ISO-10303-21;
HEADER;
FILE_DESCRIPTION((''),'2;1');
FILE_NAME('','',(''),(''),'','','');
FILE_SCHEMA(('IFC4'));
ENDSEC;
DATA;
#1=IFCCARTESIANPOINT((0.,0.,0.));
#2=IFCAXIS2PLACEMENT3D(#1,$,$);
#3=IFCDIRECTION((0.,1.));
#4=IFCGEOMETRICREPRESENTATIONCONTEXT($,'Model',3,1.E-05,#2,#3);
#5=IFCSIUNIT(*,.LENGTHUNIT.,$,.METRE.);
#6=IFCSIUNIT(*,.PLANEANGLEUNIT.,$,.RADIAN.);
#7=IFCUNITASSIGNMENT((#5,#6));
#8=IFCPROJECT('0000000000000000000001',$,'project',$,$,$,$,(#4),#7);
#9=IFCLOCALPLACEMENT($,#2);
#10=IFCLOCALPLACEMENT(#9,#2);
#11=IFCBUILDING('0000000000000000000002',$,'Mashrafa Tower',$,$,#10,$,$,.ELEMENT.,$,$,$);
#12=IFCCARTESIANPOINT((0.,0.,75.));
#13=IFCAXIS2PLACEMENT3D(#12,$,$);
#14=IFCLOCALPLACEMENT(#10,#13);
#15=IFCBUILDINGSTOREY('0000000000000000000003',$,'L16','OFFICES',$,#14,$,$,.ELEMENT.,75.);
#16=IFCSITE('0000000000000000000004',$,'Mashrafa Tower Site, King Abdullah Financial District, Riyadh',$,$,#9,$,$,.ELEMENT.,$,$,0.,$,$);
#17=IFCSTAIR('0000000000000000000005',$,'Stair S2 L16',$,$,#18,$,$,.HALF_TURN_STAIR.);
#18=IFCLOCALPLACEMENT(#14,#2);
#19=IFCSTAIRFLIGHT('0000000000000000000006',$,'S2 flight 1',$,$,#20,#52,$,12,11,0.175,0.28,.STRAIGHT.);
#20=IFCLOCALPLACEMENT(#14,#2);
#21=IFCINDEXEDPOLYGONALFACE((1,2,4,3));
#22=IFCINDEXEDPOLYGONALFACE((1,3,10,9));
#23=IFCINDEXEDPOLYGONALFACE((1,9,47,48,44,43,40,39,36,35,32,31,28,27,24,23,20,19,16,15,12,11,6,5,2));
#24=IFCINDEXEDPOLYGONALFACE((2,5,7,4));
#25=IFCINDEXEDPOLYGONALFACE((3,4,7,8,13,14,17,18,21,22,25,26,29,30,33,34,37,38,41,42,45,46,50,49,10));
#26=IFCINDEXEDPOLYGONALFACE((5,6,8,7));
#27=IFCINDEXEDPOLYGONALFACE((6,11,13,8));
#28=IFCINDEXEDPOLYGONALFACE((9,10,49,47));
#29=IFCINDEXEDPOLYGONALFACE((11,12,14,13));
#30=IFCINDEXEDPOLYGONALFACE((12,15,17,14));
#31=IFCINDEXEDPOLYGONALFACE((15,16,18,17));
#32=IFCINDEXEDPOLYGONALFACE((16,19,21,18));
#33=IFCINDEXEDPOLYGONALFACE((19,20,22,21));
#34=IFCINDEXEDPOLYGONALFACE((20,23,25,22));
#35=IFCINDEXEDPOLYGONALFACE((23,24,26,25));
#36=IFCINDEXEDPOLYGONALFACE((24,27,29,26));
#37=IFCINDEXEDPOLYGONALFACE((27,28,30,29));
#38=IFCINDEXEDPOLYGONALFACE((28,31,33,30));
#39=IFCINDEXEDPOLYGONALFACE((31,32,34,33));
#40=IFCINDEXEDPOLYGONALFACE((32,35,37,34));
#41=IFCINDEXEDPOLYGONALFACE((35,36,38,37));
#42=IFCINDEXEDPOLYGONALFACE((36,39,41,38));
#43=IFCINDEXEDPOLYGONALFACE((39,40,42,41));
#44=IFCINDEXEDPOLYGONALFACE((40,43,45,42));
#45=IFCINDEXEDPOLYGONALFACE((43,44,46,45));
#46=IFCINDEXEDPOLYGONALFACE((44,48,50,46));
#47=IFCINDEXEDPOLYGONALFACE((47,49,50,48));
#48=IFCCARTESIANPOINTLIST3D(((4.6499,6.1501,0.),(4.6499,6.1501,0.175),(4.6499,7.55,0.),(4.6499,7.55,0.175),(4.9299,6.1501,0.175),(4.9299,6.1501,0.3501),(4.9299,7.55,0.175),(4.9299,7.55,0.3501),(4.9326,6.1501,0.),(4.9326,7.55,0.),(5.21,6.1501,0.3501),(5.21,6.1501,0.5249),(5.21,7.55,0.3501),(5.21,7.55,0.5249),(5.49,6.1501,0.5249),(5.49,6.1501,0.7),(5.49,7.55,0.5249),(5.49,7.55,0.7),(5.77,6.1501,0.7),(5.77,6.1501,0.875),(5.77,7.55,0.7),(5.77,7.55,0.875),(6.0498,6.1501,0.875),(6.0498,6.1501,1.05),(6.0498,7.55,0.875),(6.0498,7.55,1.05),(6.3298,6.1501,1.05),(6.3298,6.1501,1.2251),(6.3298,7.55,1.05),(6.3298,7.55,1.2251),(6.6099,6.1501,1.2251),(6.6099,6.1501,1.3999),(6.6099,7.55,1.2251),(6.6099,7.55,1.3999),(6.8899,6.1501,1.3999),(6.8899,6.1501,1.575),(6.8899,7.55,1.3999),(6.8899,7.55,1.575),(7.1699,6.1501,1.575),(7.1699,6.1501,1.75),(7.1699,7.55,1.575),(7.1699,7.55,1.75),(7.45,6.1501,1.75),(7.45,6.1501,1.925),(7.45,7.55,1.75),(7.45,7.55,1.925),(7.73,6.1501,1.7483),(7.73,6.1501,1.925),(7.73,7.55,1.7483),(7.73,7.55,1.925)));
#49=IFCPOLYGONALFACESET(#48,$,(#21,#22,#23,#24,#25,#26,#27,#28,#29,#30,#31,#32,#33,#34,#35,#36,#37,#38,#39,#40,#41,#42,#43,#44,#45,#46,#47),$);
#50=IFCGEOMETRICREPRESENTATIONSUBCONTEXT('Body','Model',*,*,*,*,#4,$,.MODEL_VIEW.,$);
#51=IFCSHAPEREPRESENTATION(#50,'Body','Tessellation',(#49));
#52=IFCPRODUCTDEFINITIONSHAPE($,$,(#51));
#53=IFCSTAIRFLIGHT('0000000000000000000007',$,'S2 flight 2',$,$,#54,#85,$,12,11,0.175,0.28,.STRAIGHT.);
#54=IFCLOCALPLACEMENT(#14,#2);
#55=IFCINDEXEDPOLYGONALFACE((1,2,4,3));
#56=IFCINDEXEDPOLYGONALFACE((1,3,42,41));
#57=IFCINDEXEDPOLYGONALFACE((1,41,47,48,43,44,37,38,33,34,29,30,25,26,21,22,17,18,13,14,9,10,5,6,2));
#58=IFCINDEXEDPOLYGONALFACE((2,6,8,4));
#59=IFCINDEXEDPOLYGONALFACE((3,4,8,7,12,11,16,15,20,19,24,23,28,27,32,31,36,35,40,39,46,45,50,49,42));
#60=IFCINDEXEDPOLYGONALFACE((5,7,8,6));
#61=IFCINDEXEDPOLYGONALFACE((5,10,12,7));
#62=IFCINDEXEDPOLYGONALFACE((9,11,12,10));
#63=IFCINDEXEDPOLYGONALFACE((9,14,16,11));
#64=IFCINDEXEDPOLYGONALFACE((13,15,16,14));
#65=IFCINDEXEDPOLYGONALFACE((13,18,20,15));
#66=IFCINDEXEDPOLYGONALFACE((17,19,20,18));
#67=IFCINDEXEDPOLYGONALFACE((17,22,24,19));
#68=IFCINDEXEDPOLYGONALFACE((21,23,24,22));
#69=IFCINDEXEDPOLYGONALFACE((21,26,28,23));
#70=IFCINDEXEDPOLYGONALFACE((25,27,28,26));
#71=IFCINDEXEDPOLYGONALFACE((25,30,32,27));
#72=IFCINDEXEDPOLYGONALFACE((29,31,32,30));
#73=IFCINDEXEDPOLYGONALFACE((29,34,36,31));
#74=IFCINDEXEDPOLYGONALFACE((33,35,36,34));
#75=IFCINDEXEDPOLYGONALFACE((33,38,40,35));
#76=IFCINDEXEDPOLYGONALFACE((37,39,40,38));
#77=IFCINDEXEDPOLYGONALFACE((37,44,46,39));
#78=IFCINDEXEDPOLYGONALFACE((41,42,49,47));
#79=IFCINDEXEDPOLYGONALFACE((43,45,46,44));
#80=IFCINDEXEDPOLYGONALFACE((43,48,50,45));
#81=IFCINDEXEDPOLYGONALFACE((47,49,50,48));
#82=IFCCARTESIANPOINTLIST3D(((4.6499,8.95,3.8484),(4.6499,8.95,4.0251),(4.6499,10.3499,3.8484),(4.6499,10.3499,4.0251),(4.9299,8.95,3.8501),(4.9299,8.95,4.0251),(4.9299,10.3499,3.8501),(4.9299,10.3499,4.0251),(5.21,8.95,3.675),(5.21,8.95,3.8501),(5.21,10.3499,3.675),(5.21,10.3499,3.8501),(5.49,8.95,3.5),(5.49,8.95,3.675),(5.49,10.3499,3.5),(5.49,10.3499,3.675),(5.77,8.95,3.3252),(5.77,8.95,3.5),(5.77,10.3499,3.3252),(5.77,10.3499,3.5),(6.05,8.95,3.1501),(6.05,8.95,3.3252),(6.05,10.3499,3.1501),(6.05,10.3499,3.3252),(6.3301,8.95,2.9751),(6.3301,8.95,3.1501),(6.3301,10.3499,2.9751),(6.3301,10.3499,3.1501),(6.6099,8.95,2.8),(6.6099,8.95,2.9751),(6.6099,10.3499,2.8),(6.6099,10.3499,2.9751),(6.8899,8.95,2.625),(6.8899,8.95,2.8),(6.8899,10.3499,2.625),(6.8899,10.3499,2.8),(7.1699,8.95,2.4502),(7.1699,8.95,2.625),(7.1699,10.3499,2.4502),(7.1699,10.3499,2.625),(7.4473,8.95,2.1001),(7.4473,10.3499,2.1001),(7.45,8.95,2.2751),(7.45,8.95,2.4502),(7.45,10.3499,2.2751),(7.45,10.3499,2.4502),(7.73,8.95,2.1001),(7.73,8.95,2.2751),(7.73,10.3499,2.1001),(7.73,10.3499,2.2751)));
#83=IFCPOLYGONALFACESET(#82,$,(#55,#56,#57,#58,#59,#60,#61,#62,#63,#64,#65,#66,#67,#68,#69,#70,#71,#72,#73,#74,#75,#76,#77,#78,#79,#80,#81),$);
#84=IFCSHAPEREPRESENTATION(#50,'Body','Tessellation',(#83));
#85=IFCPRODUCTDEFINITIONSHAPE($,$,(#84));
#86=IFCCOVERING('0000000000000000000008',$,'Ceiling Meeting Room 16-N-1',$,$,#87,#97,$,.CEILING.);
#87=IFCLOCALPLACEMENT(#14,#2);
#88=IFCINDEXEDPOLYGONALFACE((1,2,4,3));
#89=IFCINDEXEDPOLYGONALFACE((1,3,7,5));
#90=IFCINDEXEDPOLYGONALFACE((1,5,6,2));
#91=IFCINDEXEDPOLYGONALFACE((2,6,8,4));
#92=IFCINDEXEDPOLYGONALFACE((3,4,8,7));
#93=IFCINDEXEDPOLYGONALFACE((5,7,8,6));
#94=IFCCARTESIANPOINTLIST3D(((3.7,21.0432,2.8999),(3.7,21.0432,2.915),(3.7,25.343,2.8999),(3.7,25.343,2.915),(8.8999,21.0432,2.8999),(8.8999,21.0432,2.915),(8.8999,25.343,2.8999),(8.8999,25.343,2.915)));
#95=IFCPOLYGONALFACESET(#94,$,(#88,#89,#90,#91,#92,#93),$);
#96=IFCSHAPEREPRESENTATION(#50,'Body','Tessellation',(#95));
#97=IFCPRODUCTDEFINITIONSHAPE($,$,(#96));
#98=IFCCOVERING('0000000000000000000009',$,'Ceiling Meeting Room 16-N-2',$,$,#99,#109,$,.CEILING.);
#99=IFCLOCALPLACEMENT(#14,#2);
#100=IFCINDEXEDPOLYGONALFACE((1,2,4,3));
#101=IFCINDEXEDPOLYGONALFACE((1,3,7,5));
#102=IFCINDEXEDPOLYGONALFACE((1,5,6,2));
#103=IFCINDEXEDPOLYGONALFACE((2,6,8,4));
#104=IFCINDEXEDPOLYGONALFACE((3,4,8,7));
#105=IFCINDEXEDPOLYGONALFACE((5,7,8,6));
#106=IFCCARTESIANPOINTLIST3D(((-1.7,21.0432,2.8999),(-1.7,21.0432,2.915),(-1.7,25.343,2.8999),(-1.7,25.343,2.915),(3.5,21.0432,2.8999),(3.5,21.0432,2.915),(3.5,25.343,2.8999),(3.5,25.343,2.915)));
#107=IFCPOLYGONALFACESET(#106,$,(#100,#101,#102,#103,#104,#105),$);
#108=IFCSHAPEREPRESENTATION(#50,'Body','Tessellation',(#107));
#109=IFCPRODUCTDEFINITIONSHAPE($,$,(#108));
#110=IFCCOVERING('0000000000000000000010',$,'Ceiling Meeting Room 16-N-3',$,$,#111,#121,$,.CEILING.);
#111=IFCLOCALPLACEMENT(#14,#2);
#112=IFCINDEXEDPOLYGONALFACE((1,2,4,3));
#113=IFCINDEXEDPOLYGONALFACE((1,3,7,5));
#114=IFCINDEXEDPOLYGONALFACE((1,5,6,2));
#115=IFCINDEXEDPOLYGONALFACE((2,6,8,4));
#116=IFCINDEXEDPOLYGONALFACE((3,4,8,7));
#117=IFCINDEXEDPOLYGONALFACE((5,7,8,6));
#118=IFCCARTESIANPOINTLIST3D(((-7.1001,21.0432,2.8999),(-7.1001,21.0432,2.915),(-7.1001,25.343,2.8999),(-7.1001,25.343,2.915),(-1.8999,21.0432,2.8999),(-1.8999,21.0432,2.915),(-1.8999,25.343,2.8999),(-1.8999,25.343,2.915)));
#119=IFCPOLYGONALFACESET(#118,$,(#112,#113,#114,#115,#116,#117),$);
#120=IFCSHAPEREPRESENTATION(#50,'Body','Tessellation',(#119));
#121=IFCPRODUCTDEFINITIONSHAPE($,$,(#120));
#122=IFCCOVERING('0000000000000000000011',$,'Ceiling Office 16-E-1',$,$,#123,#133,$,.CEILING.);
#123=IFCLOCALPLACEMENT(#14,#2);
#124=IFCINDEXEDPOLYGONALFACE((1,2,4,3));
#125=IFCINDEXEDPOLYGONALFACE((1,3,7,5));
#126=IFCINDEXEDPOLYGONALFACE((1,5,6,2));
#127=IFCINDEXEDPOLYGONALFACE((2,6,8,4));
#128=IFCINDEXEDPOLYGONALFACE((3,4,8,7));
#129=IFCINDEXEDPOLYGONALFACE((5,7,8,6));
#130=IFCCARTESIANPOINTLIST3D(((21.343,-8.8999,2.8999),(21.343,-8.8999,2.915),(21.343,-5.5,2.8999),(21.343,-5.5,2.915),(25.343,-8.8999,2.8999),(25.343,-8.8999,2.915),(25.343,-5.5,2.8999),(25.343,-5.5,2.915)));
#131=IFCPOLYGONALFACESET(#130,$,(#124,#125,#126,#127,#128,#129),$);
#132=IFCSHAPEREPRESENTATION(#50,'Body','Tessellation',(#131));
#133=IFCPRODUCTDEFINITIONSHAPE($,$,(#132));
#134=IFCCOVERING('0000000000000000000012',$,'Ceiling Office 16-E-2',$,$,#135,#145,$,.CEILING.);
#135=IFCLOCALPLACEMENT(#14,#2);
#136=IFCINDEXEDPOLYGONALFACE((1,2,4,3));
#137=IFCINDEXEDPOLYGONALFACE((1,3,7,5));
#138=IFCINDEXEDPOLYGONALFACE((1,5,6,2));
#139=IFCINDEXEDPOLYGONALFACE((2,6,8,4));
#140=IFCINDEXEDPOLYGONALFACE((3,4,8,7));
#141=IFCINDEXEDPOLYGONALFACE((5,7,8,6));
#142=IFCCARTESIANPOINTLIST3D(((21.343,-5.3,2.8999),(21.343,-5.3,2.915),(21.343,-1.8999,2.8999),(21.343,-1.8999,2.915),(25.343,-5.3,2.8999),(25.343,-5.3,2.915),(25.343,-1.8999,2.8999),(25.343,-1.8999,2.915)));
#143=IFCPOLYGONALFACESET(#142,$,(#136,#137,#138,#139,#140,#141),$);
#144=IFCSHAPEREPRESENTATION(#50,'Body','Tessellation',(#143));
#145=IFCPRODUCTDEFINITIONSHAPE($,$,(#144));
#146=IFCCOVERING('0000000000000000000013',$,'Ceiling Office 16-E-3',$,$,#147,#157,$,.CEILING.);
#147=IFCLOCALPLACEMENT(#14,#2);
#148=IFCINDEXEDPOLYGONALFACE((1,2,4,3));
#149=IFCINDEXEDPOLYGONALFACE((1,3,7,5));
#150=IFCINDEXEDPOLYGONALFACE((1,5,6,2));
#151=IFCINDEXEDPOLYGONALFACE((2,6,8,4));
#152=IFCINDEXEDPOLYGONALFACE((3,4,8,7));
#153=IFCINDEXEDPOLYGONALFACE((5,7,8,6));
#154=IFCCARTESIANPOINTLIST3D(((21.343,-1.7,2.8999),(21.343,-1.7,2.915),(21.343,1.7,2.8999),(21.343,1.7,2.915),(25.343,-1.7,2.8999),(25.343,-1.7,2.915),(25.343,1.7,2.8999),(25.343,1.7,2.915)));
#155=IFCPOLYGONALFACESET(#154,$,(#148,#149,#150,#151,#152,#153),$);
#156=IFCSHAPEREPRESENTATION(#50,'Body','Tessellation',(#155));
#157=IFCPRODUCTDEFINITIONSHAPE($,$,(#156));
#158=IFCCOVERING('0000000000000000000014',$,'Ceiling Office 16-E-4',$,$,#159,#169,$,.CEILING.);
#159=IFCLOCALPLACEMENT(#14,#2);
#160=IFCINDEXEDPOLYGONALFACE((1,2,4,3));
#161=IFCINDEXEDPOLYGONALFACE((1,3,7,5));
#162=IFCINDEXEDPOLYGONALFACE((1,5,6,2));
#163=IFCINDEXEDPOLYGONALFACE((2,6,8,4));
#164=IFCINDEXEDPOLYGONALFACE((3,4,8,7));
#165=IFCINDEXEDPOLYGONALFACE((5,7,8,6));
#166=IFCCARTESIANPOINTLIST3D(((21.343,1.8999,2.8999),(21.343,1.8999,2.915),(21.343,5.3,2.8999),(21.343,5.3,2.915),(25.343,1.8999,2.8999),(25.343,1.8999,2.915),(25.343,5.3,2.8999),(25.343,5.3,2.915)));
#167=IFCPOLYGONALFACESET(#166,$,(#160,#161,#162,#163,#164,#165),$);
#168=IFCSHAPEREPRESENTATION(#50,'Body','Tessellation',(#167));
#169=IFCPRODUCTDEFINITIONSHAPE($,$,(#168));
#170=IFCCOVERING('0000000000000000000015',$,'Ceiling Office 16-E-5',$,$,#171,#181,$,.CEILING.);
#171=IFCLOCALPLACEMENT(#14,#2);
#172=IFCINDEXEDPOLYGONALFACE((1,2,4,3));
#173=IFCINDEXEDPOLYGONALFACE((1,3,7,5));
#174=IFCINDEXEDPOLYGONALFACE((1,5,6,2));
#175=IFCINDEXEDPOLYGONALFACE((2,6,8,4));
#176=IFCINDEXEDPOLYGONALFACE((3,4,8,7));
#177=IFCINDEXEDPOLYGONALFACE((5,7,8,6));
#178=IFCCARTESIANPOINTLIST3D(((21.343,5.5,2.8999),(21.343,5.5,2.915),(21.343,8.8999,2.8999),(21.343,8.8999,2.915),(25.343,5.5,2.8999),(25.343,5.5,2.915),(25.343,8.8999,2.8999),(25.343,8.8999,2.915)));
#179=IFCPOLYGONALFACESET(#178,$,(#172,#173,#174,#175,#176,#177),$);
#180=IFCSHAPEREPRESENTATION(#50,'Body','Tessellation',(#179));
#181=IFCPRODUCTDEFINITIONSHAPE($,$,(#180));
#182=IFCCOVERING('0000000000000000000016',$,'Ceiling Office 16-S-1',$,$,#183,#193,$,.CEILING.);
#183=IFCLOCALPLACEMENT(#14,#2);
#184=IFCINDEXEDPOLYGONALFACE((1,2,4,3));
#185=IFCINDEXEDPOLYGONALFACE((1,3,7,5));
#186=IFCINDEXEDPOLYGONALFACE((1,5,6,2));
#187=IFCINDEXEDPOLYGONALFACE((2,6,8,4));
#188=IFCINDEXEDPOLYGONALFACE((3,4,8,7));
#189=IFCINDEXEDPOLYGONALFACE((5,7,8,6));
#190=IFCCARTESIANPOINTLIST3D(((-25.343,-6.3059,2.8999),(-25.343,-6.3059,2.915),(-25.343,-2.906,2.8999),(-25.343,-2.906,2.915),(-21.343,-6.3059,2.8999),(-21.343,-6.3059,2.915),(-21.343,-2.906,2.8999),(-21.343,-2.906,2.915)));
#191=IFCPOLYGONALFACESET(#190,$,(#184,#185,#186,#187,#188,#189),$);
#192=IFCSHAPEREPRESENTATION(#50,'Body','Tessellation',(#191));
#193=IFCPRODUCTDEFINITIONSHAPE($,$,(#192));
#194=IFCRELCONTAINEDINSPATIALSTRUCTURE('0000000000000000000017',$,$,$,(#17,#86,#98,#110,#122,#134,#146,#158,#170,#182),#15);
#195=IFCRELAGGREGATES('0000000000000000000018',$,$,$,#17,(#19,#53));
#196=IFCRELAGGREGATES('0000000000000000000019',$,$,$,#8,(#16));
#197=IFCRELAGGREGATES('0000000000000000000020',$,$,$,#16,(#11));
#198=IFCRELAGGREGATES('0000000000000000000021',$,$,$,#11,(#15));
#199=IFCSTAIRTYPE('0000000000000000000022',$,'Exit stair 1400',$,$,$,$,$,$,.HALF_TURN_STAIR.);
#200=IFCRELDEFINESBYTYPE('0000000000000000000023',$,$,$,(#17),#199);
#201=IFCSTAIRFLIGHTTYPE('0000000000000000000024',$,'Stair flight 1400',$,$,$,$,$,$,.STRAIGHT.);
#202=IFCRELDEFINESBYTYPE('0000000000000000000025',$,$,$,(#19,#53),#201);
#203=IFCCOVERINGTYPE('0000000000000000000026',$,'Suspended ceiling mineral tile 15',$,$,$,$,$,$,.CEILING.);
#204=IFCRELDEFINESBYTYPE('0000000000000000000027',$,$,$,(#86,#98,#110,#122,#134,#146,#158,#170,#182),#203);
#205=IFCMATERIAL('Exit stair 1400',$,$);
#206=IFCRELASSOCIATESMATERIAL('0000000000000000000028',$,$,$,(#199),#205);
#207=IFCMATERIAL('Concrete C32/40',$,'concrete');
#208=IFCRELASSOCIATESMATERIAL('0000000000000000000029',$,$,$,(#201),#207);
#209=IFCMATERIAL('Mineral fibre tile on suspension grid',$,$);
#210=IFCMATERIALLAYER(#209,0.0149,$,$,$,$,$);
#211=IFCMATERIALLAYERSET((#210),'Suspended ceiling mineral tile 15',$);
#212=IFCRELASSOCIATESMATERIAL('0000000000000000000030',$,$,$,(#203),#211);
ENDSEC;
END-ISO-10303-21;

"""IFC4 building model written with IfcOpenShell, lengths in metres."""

from ifc_helpers import new_model, si_unit, direction, frame, origin, place, context, subcontext, project, spatial, polyline, outline, extrude, material, layer, layer_set, type_object, element, aggregate, save


model = new_model("IFC4")

# Units and contexts
model_context = context("Model", 3, precision=1e-05, world=origin(), true_north=direction((0.0, 1.0)))
body_context = subcontext(model_context, "Body", "Model", "MODEL_VIEW")
ifc_project = project(units=[si_unit("LENGTHUNIT", "METRE"), si_unit("PLANEANGLEUNIT", "RADIAN")], contexts=[model_context])

# Site, building, storey
site_placement = place(None, origin())
site = spatial("IfcSite", under=ifc_project, at=site_placement, Name="Mashrafa Tower Site, King Abdullah Financial District, Riyadh", CompositionType="ELEMENT", RefElevation=0.0)
building_placement = place(site_placement, origin())
building = spatial("IfcBuilding", under=site, at=building_placement, Name="Mashrafa Tower", CompositionType="ELEMENT")
storey_placement = place(building_placement, frame((0.0, 0.0, 75.0)))
storey = spatial("IfcBuildingStorey", under=building, at=storey_placement, Name="L16", Description="OFFICES", CompositionType="ELEMENT", Elevation=75.0)

# Stair, stair flights
ifc_material_1 = material(Name="Exit stair 1400")
stair_type = type_object("IfcStairType", Name="Exit stair 1400", PredefinedType="HALF_TURN_STAIR", material=ifc_material_1)
stair_placement = place(storey_placement, origin())
stair = element("IfcStair", 1, at=stair_placement, inside=storey, type_object=stair_type, Name="Stair S2 L16", PredefinedType="HALF_TURN_STAIR")
ifc_material_2 = material(Name="Concrete C32/40", Category="concrete")
stair_flight_type = type_object("IfcStairFlightType", Name="Stair flight 1400", PredefinedType="STRAIGHT", material=ifc_material_2)
stair_flight_1_placement = place(storey_placement, frame((4.6499, 6.8501, 0.0), z_axis=(0.0, 0.0, 1.0), x_axis=(1.0, 0.0, 0.0)))
stair_flight_1 = element("IfcStairFlight", 2, at=stair_flight_1_placement, type_object=stair_flight_type, Name="S2 flight 1", NumberOfRisers=12, NumberOfTreads=11, PredefinedType="STRAIGHT", RiserHeight=0.175, TreadLength=0.28, context=body_context, shape_type="SweptSolid", body=[
    extrude(outline(polyline([(0.0, 0.0), (0.0, 0.175), (0.28, 0.175), (0.28, 0.3501), (0.5601, 0.3501), (0.5601, 0.5249), (0.8401, 0.5249), (0.8401, 0.7), (1.1201, 0.7), (1.1201, 0.875), (1.3999, 0.875), (1.3999, 1.05), (1.6799, 1.05), (1.6799, 1.2251), (1.96, 1.2251), (1.96, 1.3999), (2.24, 1.3999), (2.24, 1.575), (2.52, 1.575), (2.52, 1.75), (2.8, 1.75), (2.8, 1.925), (3.0801, 1.925), (3.0801, 2.1001), (3.0801, 1.7483), (0.2827, 0.0), (0.0, 0.0)])), frame((0.0, 0.7, 0.0), z_axis=(0.0, -1.0, 0.0), x_axis=(1.0, 0.0, 0.0)), (0.0, 0.0, 1.0), 1.3999),
])
stair_flight_2_placement = place(storey_placement, frame((7.73, 9.6499, 2.1001), z_axis=(0.0, 0.0, 1.0), x_axis=(-1.0, 0.0, 0.0)))
stair_flight_2 = element("IfcStairFlight", 3, at=stair_flight_2_placement, type_object=stair_flight_type, Name="S2 flight 2", NumberOfRisers=12, NumberOfTreads=11, PredefinedType="STRAIGHT", RiserHeight=0.175, TreadLength=0.28, context=body_context, shape_type="SweptSolid", body=[
    extrude(outline(polyline([(0.0, 0.0), (0.0, 0.175), (0.28, 0.175), (0.28, 0.3501), (0.5601, 0.3501), (0.5601, 0.5249), (0.8401, 0.5249), (0.8401, 0.7), (1.1201, 0.7), (1.1201, 0.875), (1.3999, 0.875), (1.3999, 1.05), (1.6799, 1.05), (1.6799, 1.2251), (1.96, 1.2251), (1.96, 1.3999), (2.24, 1.3999), (2.24, 1.575), (2.52, 1.575), (2.52, 1.75), (2.8, 1.75), (2.8, 1.925), (3.0801, 1.925), (3.0801, 2.1001), (3.0801, 1.7483), (0.2827, 0.0), (0.0, 0.0)])), frame((0.0, 0.7, 0.0), z_axis=(0.0, -1.0, 0.0), x_axis=(1.0, 0.0, 0.0)), (0.0, 0.0, 1.0), 1.3999),
])
aggregate(stair, [stair_flight_1, stair_flight_2])

# Coverings
ifc_material_3 = material(Name="Mineral fibre tile on suspension grid")
ifc_layer_1 = layer(ifc_material_3, 0.0149)
ifc_layer_set_1 = layer_set([ifc_layer_1], Name="Suspended ceiling mineral tile 15")
covering_type = type_object("IfcCoveringType", Name="Suspended ceiling mineral tile 15", PredefinedType="CEILING", material=ifc_layer_set_1)
covering_1_placement = place(storey_placement, frame((0.0, 0.0, 2.8999)))
element("IfcCovering", 4, at=covering_1_placement, inside=storey, type_object=covering_type, Name="Ceiling Meeting Room 16-N-1", PredefinedType="CEILING", context=body_context, shape_type="SweptSolid", body=[
    extrude(outline(polyline([(3.7, 25.343), (8.8999, 25.343), (8.8999, 21.0432), (3.7, 21.0432), (3.7, 25.343)])), origin(), (0.0, 0.0, 1.0), 0.0151),
])
covering_2_placement = place(storey_placement, frame((0.0, 0.0, 2.8999)))
element("IfcCovering", 5, at=covering_2_placement, inside=storey, type_object=covering_type, Name="Ceiling Meeting Room 16-N-2", PredefinedType="CEILING", context=body_context, shape_type="SweptSolid", body=[
    extrude(outline(polyline([(-1.7, 25.343), (3.5, 25.343), (3.5, 21.0432), (-1.7, 21.0432), (-1.7, 25.343)])), origin(), (0.0, 0.0, 1.0), 0.0151),
])
covering_3_placement = place(storey_placement, frame((0.0, 0.0, 2.8999)))
element("IfcCovering", 6, at=covering_3_placement, inside=storey, type_object=covering_type, Name="Ceiling Meeting Room 16-N-3", PredefinedType="CEILING", context=body_context, shape_type="SweptSolid", body=[
    extrude(outline(polyline([(-7.1001, 25.343), (-1.8999, 25.343), (-1.8999, 21.0432), (-7.1001, 21.0432), (-7.1001, 25.343)])), origin(), (0.0, 0.0, 1.0), 0.0151),
])
covering_4_placement = place(storey_placement, frame((0.0, 0.0, 2.8999)))
element("IfcCovering", 7, at=covering_4_placement, inside=storey, type_object=covering_type, Name="Ceiling Office 16-E-1", PredefinedType="CEILING", context=body_context, shape_type="SweptSolid", body=[
    extrude(outline(polyline([(21.343, -5.5), (25.343, -5.5), (25.343, -8.8999), (21.343, -8.8999), (21.343, -5.5)])), origin(), (0.0, 0.0, 1.0), 0.0151),
])
covering_5_placement = place(storey_placement, frame((0.0, 0.0, 2.8999)))
element("IfcCovering", 8, at=covering_5_placement, inside=storey, type_object=covering_type, Name="Ceiling Office 16-E-2", PredefinedType="CEILING", context=body_context, shape_type="SweptSolid", body=[
    extrude(outline(polyline([(21.343, -1.8999), (25.343, -1.8999), (25.343, -5.3), (21.343, -5.3), (21.343, -1.8999)])), origin(), (0.0, 0.0, 1.0), 0.0151),
])
covering_6_placement = place(storey_placement, frame((0.0, 0.0, 2.8999)))
element("IfcCovering", 9, at=covering_6_placement, inside=storey, type_object=covering_type, Name="Ceiling Office 16-E-3", PredefinedType="CEILING", context=body_context, shape_type="SweptSolid", body=[
    extrude(outline(polyline([(21.343, 1.7), (25.343, 1.7), (25.343, -1.7), (21.343, -1.7), (21.343, 1.7)])), origin(), (0.0, 0.0, 1.0), 0.0151),
])
covering_7_placement = place(storey_placement, frame((0.0, 0.0, 2.8999)))
element("IfcCovering", 10, at=covering_7_placement, inside=storey, type_object=covering_type, Name="Ceiling Office 16-E-4", PredefinedType="CEILING", context=body_context, shape_type="SweptSolid", body=[
    extrude(outline(polyline([(21.343, 5.3), (25.343, 5.3), (25.343, 1.8999), (21.343, 1.8999), (21.343, 5.3)])), origin(), (0.0, 0.0, 1.0), 0.0151),
])
covering_8_placement = place(storey_placement, frame((0.0, 0.0, 2.8999)))
element("IfcCovering", 11, at=covering_8_placement, inside=storey, type_object=covering_type, Name="Ceiling Office 16-E-5", PredefinedType="CEILING", context=body_context, shape_type="SweptSolid", body=[
    extrude(outline(polyline([(21.343, 8.8999), (25.343, 8.8999), (25.343, 5.5), (21.343, 5.5), (21.343, 8.8999)])), origin(), (0.0, 0.0, 1.0), 0.0151),
])
covering_9_placement = place(storey_placement, frame((0.0, 0.0, 2.8999)))
element("IfcCovering", 12, at=covering_9_placement, inside=storey, type_object=covering_type, Name="Ceiling Office 16-S-1", PredefinedType="CEILING", context=body_context, shape_type="SweptSolid", body=[
    extrude(outline(polyline([(-21.343, -2.906), (-21.343, -6.3059), (-25.343, -6.3059), (-25.343, -2.906), (-21.343, -2.906)])), origin(), (0.0, 0.0, 1.0), 0.0151),
])

save(model, "model.ifc")
